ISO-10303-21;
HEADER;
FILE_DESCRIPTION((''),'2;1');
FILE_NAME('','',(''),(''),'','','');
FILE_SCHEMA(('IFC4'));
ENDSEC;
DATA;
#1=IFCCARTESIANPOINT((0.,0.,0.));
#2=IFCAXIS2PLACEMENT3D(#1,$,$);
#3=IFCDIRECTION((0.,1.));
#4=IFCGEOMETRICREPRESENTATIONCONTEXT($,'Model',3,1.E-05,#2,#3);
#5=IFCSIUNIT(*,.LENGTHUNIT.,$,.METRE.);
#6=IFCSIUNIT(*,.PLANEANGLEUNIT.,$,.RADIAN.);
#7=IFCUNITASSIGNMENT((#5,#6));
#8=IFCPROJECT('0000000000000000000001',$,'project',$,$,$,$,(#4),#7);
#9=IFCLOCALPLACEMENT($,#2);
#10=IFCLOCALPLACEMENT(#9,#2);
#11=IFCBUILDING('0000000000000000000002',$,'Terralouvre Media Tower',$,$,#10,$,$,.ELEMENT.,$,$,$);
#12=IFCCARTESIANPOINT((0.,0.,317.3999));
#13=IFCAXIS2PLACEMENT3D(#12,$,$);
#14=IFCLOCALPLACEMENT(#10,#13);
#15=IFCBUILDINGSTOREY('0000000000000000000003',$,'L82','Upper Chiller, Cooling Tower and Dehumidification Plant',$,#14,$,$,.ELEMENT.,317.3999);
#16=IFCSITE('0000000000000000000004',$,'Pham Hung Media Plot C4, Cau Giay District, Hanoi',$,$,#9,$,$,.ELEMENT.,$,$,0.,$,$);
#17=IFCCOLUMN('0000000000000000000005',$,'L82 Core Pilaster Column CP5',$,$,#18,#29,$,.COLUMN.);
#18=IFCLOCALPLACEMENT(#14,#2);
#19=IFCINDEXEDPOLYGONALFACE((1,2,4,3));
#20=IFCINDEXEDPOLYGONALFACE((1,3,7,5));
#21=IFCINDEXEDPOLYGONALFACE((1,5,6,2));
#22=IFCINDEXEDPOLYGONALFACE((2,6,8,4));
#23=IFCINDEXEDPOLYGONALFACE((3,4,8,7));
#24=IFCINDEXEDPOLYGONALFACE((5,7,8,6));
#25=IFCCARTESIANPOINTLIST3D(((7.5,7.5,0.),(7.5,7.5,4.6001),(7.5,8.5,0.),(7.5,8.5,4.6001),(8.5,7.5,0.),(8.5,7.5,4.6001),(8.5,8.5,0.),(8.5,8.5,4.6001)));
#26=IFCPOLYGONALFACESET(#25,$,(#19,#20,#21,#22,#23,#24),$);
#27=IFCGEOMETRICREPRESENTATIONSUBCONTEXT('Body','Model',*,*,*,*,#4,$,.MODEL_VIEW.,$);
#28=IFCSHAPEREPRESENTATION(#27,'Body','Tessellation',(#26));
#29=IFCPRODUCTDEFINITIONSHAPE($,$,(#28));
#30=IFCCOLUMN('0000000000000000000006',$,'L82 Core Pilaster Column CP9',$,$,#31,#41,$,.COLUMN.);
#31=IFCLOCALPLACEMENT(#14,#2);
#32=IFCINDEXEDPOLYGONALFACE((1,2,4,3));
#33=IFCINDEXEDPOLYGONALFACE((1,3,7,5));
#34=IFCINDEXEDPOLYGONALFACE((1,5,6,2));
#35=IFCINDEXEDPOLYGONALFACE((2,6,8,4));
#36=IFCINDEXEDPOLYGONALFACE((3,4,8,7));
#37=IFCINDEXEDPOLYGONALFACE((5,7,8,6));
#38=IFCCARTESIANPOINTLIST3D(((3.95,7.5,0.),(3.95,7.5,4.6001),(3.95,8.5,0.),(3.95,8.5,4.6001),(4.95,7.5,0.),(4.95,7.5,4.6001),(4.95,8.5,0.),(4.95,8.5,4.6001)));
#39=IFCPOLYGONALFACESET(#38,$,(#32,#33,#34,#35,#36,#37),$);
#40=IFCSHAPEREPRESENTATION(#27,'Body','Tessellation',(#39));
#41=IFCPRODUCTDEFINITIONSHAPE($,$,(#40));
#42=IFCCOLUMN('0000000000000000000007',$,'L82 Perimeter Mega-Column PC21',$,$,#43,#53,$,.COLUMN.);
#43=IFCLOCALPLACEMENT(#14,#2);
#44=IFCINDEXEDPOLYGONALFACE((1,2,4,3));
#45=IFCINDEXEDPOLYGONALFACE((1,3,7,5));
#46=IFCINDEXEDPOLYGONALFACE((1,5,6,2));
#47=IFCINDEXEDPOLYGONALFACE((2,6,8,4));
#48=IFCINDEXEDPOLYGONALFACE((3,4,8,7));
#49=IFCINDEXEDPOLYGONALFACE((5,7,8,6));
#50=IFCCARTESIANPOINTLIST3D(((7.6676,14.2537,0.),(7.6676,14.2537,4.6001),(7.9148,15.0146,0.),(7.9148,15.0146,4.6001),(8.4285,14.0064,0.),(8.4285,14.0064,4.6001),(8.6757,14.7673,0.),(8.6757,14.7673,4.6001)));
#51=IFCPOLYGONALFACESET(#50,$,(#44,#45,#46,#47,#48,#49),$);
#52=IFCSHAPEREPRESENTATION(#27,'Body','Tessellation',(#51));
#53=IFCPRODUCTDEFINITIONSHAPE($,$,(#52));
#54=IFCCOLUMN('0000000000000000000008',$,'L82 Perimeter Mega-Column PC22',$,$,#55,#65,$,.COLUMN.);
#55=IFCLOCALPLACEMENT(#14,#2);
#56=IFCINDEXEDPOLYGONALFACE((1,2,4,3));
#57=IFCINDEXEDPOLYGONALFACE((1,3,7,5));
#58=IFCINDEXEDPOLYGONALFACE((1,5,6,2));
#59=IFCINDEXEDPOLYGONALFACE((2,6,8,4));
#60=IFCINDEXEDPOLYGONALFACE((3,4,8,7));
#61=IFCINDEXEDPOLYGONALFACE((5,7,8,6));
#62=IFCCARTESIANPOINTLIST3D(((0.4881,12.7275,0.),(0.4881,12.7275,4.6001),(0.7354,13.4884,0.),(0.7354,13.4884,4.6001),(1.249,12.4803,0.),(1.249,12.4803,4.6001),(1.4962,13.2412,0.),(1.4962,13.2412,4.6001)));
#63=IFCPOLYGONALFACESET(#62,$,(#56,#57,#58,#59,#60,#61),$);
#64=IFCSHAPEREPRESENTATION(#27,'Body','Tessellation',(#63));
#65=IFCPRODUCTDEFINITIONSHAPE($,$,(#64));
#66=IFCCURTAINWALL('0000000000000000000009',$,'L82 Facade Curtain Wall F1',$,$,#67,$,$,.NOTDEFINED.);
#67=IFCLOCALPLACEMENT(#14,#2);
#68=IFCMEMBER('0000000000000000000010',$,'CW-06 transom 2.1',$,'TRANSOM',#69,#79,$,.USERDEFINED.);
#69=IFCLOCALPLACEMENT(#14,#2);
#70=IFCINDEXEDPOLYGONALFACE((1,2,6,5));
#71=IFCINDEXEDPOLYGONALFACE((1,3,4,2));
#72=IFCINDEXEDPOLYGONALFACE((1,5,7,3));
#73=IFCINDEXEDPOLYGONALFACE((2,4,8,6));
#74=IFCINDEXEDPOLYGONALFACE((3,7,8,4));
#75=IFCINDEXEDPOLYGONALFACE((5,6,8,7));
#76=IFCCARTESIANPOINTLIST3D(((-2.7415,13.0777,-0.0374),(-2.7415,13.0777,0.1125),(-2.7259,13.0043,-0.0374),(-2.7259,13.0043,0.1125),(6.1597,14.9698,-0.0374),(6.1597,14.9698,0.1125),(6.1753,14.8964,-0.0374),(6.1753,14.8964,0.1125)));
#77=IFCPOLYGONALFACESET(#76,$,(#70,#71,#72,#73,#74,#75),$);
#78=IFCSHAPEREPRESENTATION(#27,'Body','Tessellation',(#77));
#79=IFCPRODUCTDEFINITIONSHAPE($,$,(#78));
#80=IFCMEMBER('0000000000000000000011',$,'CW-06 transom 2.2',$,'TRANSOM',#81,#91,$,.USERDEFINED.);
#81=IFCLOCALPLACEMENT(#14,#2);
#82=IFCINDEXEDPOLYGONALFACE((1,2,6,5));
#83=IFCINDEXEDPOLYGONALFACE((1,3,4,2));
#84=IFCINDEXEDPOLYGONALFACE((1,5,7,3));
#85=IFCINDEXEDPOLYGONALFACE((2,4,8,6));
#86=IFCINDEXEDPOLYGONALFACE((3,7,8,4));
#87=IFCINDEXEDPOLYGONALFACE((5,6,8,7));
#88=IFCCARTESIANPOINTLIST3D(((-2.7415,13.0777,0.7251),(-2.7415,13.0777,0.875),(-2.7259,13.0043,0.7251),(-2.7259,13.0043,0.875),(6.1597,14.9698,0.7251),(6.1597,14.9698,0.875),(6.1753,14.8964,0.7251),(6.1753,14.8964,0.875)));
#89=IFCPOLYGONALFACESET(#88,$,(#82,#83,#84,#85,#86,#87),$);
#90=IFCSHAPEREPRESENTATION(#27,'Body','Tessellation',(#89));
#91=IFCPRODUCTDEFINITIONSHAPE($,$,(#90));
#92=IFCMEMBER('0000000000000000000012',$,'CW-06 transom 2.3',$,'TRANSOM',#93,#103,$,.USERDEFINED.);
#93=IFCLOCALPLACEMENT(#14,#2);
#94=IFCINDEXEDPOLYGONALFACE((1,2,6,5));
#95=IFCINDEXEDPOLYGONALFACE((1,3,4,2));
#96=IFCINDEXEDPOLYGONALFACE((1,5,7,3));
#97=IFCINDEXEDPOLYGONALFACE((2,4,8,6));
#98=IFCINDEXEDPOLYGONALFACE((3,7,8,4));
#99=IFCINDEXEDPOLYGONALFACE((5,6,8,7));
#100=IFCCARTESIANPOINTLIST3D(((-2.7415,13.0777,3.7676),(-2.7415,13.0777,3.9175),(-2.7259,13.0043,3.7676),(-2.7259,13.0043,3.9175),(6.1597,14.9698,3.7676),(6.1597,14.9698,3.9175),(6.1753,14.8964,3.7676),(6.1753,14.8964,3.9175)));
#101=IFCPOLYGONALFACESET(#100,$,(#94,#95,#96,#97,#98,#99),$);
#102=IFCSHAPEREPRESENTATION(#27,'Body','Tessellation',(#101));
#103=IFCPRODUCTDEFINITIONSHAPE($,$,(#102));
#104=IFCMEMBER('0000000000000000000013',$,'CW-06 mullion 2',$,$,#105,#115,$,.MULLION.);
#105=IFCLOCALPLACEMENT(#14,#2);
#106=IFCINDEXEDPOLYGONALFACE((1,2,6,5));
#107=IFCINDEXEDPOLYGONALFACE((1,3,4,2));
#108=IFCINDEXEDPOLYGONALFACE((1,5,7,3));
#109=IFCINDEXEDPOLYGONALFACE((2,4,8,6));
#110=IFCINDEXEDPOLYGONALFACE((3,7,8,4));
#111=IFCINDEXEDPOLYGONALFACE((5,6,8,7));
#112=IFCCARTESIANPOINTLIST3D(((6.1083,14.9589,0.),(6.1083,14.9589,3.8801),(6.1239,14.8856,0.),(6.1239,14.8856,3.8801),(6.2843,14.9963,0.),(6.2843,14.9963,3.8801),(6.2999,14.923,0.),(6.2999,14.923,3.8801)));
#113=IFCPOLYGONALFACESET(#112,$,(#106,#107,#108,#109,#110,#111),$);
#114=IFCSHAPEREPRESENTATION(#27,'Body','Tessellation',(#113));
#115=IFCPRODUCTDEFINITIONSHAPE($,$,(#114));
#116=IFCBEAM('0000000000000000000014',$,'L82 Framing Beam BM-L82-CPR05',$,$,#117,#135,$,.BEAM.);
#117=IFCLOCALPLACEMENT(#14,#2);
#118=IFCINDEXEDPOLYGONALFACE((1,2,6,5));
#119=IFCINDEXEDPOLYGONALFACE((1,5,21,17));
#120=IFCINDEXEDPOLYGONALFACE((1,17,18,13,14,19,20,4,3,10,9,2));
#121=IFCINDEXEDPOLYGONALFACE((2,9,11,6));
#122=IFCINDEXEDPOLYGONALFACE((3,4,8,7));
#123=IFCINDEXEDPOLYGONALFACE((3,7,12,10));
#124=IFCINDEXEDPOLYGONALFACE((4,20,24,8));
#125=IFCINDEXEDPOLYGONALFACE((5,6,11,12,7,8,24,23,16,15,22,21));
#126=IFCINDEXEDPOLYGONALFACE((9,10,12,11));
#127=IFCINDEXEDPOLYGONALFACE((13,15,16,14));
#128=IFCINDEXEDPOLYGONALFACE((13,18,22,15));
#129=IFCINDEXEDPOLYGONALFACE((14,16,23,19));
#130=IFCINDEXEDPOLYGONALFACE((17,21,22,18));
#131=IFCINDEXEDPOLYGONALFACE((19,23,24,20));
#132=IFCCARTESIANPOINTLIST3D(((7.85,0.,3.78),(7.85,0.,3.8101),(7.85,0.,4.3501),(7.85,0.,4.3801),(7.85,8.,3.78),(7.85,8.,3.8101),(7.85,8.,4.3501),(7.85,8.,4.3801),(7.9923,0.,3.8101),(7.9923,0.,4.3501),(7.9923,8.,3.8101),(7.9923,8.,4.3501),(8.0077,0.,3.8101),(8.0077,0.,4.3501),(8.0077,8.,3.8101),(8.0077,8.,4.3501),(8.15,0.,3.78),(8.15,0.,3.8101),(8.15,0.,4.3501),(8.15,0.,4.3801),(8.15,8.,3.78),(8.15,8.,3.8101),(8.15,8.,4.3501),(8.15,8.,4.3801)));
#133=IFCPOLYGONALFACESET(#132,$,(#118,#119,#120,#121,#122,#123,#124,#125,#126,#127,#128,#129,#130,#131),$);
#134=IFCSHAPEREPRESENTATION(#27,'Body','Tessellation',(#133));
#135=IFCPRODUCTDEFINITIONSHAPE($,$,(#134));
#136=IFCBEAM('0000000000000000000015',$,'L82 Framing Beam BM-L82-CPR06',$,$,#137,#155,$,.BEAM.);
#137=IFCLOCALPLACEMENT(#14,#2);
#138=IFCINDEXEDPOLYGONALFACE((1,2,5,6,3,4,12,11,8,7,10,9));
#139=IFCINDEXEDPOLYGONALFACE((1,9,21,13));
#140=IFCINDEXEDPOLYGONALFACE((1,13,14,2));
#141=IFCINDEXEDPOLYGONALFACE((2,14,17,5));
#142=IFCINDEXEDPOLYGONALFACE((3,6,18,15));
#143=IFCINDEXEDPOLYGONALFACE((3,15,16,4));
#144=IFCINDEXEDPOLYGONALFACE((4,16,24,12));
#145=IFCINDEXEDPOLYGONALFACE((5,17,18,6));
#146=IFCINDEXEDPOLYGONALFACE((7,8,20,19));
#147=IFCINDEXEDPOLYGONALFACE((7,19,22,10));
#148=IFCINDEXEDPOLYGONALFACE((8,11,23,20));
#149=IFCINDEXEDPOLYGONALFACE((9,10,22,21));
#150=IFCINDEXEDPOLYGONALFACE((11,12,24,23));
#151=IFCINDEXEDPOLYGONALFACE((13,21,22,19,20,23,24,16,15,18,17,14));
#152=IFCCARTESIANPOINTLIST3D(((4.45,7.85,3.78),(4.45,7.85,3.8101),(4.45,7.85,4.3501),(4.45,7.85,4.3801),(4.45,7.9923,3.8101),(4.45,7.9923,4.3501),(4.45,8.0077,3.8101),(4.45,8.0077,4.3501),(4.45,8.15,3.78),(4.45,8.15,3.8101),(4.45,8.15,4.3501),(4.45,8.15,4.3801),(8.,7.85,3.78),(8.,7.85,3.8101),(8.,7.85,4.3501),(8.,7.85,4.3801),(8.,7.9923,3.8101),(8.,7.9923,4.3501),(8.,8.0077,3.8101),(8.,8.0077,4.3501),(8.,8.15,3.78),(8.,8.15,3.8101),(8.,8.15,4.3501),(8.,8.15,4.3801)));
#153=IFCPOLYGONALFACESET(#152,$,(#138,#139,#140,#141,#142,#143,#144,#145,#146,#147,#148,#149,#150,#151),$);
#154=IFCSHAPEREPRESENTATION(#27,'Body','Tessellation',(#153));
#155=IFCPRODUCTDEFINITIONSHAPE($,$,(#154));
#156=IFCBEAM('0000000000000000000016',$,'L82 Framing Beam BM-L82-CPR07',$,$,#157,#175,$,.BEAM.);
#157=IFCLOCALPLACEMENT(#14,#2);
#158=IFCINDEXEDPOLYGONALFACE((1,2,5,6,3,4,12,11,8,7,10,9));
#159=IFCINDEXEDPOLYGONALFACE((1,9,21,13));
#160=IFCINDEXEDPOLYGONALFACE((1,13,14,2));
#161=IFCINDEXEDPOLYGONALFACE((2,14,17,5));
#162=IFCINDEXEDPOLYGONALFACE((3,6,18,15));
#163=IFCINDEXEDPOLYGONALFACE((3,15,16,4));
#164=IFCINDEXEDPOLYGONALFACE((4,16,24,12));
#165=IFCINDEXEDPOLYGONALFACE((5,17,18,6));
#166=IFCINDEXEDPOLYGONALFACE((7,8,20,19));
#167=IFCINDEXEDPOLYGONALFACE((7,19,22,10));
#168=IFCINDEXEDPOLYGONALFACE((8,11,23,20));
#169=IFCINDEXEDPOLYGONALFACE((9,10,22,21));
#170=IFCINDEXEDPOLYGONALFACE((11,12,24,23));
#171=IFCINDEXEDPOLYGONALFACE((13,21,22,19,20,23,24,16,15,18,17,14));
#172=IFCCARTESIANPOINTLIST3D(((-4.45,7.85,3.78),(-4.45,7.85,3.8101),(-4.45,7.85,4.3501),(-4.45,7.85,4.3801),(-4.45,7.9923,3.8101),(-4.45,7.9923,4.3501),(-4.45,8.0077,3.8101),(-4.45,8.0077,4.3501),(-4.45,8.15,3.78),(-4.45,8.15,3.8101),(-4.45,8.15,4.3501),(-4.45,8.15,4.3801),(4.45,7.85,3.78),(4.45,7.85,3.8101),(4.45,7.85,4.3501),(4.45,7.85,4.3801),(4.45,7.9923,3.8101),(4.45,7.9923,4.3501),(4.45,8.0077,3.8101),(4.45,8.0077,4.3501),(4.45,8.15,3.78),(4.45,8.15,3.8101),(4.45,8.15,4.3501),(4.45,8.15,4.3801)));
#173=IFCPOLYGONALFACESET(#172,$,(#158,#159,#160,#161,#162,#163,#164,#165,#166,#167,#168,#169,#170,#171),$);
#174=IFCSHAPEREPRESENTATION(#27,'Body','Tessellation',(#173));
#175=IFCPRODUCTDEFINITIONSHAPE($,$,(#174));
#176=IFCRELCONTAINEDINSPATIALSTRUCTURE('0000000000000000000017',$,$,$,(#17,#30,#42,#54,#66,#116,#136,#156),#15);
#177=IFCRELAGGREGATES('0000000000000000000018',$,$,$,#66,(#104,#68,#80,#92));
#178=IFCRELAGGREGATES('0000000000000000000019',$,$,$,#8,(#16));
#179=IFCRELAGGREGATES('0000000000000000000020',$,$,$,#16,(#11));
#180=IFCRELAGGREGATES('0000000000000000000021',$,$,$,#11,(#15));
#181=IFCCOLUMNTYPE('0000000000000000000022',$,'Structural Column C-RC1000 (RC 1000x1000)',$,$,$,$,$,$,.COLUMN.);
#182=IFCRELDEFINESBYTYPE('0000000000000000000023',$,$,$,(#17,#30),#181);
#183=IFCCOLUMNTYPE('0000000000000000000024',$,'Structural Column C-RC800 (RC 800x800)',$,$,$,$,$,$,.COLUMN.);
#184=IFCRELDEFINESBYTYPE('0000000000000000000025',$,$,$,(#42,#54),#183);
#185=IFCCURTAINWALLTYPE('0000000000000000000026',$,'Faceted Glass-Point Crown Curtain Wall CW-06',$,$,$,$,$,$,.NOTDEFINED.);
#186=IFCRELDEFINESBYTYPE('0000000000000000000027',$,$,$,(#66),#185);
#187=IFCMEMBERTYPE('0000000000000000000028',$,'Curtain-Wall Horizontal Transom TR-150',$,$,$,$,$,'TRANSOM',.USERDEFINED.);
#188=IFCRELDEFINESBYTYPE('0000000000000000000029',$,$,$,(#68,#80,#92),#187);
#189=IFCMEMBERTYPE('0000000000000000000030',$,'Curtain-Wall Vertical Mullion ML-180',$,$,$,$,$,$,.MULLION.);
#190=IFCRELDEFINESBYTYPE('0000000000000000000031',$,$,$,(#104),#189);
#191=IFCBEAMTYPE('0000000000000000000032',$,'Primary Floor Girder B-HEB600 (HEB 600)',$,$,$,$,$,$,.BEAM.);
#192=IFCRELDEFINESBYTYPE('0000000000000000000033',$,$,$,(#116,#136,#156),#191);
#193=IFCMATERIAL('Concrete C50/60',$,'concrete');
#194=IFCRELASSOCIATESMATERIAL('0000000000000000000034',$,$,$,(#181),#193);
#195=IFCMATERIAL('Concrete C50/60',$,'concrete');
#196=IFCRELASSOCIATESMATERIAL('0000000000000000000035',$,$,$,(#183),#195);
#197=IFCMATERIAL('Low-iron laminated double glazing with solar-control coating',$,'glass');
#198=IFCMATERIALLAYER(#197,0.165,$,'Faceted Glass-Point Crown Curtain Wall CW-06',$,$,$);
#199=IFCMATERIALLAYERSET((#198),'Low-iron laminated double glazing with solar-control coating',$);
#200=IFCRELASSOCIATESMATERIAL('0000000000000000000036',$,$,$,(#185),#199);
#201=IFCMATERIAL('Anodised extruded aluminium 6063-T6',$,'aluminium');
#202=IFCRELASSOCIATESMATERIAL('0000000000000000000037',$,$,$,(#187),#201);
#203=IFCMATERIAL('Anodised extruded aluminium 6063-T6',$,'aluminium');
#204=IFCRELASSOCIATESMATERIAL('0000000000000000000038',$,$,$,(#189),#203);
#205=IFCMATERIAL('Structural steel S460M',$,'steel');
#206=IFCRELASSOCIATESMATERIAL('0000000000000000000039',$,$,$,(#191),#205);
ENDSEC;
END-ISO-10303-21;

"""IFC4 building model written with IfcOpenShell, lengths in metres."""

from ifc_helpers import new_model, si_unit, direction, frame, origin, origin_2d, place, context, subcontext, project, spatial, rectangle, i_section, extrude, material, layer, layer_set, material_profile, profile_set, type_object, element, aggregate, save


model = new_model("IFC4")

# Units and contexts
model_context = context("Model", 3, precision=1e-05, world=origin(), true_north=direction((0.0, 1.0)))
body_context = subcontext(model_context, "Body", "Model", "MODEL_VIEW")
ifc_project = project(units=[si_unit("LENGTHUNIT", "METRE"), si_unit("PLANEANGLEUNIT", "RADIAN")], contexts=[model_context])

# Site, building, storey
site_placement = place(None, origin())
site = spatial("IfcSite", under=ifc_project, at=site_placement, Name="Pham Hung Media Plot C4, Cau Giay District, Hanoi", CompositionType="ELEMENT", RefElevation=0.0)
building_placement = place(site_placement, origin())
building = spatial("IfcBuilding", under=site, at=building_placement, Name="Terralouvre Media Tower", CompositionType="ELEMENT")
storey_placement = place(building_placement, frame((0.0, 0.0, 317.3999)))
storey = spatial("IfcBuildingStorey", under=building, at=storey_placement, Name="L82", Description="Upper Chiller, Cooling Tower and Dehumidification Plant", CompositionType="ELEMENT", Elevation=317.3999)

# Columns
ifc_material_1 = material(Name="Concrete C50/60", Category="concrete")
ifc_material_profile_1 = material_profile(ifc_material_1, rectangle(XDim=1.0, YDim=1.0, at=origin_2d()), Name="RC 1000x1000")
ifc_profile_set_1 = profile_set([ifc_material_profile_1], Name="Concrete C50/60")
column_type_1 = type_object("IfcColumnType", Name="Structural Column C-RC1000 (RC 1000x1000)", PredefinedType="COLUMN", material=ifc_profile_set_1)
for number, where, z_axis, x_axis, name in (
    (1, (8.0, 8.0, 0.0), (0.0, 0.0, 1.0), (1.0, 0.0, 0.0), "L82 Core Pilaster Column CP5"),
    (2, (4.45, 8.0, 0.0), (0.0, 0.0, 1.0), (1.0, 0.0, 0.0), "L82 Core Pilaster Column CP9"),
):
    element("IfcColumn", number, at=place(storey_placement, frame(where, z_axis=z_axis, x_axis=x_axis)), inside=storey, type_object=column_type_1, Name=name, PredefinedType="COLUMN", context=body_context, shape_type="SweptSolid", body=[
        extrude(rectangle(XDim=1.0, YDim=1.0, at=origin_2d()), origin(), (0.0, 0.0, 1.0), 4.6001),
    ])
ifc_material_2 = material(Name="Concrete C50/60", Category="concrete")
ifc_material_profile_2 = material_profile(ifc_material_2, rectangle(XDim=0.8, YDim=0.8, at=origin_2d()), Name="RC 800x800")
ifc_profile_set_2 = profile_set([ifc_material_profile_2], Name="Concrete C50/60")
column_type_2 = type_object("IfcColumnType", Name="Structural Column C-RC800 (RC 800x800)", PredefinedType="COLUMN", material=ifc_profile_set_2)
for number, where, z_axis, x_axis, name in (
    (3, (8.1716, 14.5105, 0.0), (0.0, 0.0, 1.0), (0.309017, 0.951057, 0.0), "L82 Perimeter Mega-Column PC21"),
    (4, (0.9922, 12.9844, 0.0), (0.0, 0.0, 1.0), (0.309017, 0.951057, 0.0), "L82 Perimeter Mega-Column PC22"),
):
    element("IfcColumn", number, at=place(storey_placement, frame(where, z_axis=z_axis, x_axis=x_axis)), inside=storey, type_object=column_type_2, Name=name, PredefinedType="COLUMN", context=body_context, shape_type="SweptSolid", body=[
        extrude(rectangle(XDim=0.8, YDim=0.8, at=origin_2d()), origin(), (0.0, 0.0, 1.0), 4.6001),
    ])

# Curtain wall, members
ifc_material_3 = material(Name="Low-iron laminated double glazing with solar-control coating", Category="glass")
ifc_layer_1 = layer(ifc_material_3, 0.165, Name="Faceted Glass-Point Crown Curtain Wall CW-06")
ifc_layer_set_1 = layer_set([ifc_layer_1], Name="Low-iron laminated double glazing with solar-control coating")
curtain_wall_type = type_object("IfcCurtainWallType", Name="Faceted Glass-Point Crown Curtain Wall CW-06", PredefinedType="NOTDEFINED", material=ifc_layer_set_1)
curtain_wall_placement = place(storey_placement, origin())
curtain_wall = element("IfcCurtainWall", 5, at=curtain_wall_placement, inside=storey, type_object=curtain_wall_type, Name="L82 Facade Curtain Wall F1", PredefinedType="NOTDEFINED")
ifc_material_4 = material(Name="Anodised extruded aluminium 6063-T6", Category="aluminium")
ifc_material_profile_3 = material_profile(ifc_material_4, rectangle(XDim=0.075, YDim=0.1499, at=origin_2d()), Name="ALU 75x150")
ifc_profile_set_3 = profile_set([ifc_material_profile_3], Name="Anodised extruded aluminium 6063-T6")
member_type_1 = type_object("IfcMemberType", Name="Curtain-Wall Horizontal Transom TR-150", ElementType="TRANSOM", PredefinedType="USERDEFINED", material=ifc_profile_set_3)
member_1_placement = place(storey_placement, frame((6.1675, 14.9331, 0.0376), z_axis=(-0.978145, -0.207922, 0.0), x_axis=(0.207922, -0.978145, 0.0)))
member_1 = element("IfcMember", 6, at=member_1_placement, type_object=member_type_1, Name="CW-06 transom 2.1", ObjectType="TRANSOM", PredefinedType="USERDEFINED", context=body_context, shape_type="SweptSolid", body=[
    extrude(rectangle(XDim=0.075, YDim=0.1499, at=origin_2d()), origin(), (0.0, 0.0, 1.0), 9.1001),
])
member_2_placement = place(storey_placement, frame((6.1675, 14.9331, 0.8), z_axis=(-0.978145, -0.207922, 0.0), x_axis=(0.207922, -0.978145, 0.0)))
member_2 = element("IfcMember", 7, at=member_2_placement, type_object=member_type_1, Name="CW-06 transom 2.2", ObjectType="TRANSOM", PredefinedType="USERDEFINED", context=body_context, shape_type="SweptSolid", body=[
    extrude(rectangle(XDim=0.075, YDim=0.1499, at=origin_2d()), origin(), (0.0, 0.0, 1.0), 9.1001),
])
member_3_placement = place(storey_placement, frame((6.1675, 14.9331, 3.8425), z_axis=(-0.978145, -0.207922, 0.0), x_axis=(0.207922, -0.978145, 0.0)))
member_3 = element("IfcMember", 8, at=member_3_placement, type_object=member_type_1, Name="CW-06 transom 2.3", ObjectType="TRANSOM", PredefinedType="USERDEFINED", context=body_context, shape_type="SweptSolid", body=[
    extrude(rectangle(XDim=0.075, YDim=0.1499, at=origin_2d()), origin(), (0.0, 0.0, 1.0), 9.1001),
])
ifc_material_5 = material(Name="Anodised extruded aluminium 6063-T6", Category="aluminium")
ifc_material_profile_4 = material_profile(ifc_material_5, rectangle(XDim=0.075, YDim=0.1799, at=origin_2d()), Name="ALU 75x180")
ifc_profile_set_4 = profile_set([ifc_material_profile_4], Name="Anodised extruded aluminium 6063-T6")
member_type_2 = type_object("IfcMemberType", Name="Curtain-Wall Vertical Mullion ML-180", PredefinedType="MULLION", material=ifc_profile_set_4)
member_4_placement = place(storey_placement, frame((6.2041, 14.9409, 0.0), z_axis=(0.0, 0.0, 1.0), x_axis=(0.207912, -0.978148, 0.0)))
member_4 = element("IfcMember", 9, at=member_4_placement, type_object=member_type_2, Name="CW-06 mullion 2", PredefinedType="MULLION", context=body_context, shape_type="SweptSolid", body=[
    extrude(rectangle(XDim=0.075, YDim=0.1799, at=origin_2d()), origin(), (0.0, 0.0, 1.0), 3.8801),
])

# Beams
ifc_material_6 = material(Name="Structural steel S460M", Category="steel")
ifc_material_profile_5 = material_profile(ifc_material_6, i_section(OverallWidth=0.3, OverallDepth=0.6001, WebThickness=0.0154, FlangeThickness=0.03, at=origin_2d()), Name="HEB 600")
ifc_profile_set_5 = profile_set([ifc_material_profile_5], Name="Structural steel S460M")
beam_type_1 = type_object("IfcBeamType", Name="Primary Floor Girder B-HEB600 (HEB 600)", PredefinedType="BEAM", material=ifc_profile_set_5)
beam_1_placement = place(storey_placement, frame((8.0, 0.0, 4.0801), z_axis=(0.0, 1.0, 0.0), x_axis=(-1.0, 0.0, 0.0)))
element("IfcBeam", 10, at=beam_1_placement, inside=storey, type_object=beam_type_1, Name="L82 Framing Beam BM-L82-CPR05", PredefinedType="BEAM", context=body_context, shape_type="SweptSolid", body=[
    extrude(i_section(OverallWidth=0.3, OverallDepth=0.6001, WebThickness=0.0154, FlangeThickness=0.03, at=origin_2d()), origin(), (0.0, 0.0, 1.0), 8.0),
])
beam_2_placement = place(storey_placement, frame((8.0, 8.0, 4.0801), z_axis=(-1.0, 0.0, 0.0), x_axis=(0.0, -1.0, 0.0)))
element("IfcBeam", 11, at=beam_2_placement, inside=storey, type_object=beam_type_1, Name="L82 Framing Beam BM-L82-CPR06", PredefinedType="BEAM", context=body_context, shape_type="SweptSolid", body=[
    extrude(i_section(OverallWidth=0.3, OverallDepth=0.6001, WebThickness=0.0154, FlangeThickness=0.03, at=origin_2d()), origin(), (0.0, 0.0, 1.0), 3.55),
])
beam_3_placement = place(storey_placement, frame((4.45, 8.0, 4.0801), z_axis=(-1.0, 0.0, 0.0), x_axis=(0.0, -1.0, 0.0)))
element("IfcBeam", 12, at=beam_3_placement, inside=storey, type_object=beam_type_1, Name="L82 Framing Beam BM-L82-CPR07", PredefinedType="BEAM", context=body_context, shape_type="SweptSolid", body=[
    extrude(i_section(OverallWidth=0.3, OverallDepth=0.6001, WebThickness=0.0154, FlangeThickness=0.03, at=origin_2d()), origin(), (0.0, 0.0, 1.0), 8.8999),
])

aggregate(curtain_wall, [member_4, member_1, member_2, member_3])

save(model, "model.ifc")
